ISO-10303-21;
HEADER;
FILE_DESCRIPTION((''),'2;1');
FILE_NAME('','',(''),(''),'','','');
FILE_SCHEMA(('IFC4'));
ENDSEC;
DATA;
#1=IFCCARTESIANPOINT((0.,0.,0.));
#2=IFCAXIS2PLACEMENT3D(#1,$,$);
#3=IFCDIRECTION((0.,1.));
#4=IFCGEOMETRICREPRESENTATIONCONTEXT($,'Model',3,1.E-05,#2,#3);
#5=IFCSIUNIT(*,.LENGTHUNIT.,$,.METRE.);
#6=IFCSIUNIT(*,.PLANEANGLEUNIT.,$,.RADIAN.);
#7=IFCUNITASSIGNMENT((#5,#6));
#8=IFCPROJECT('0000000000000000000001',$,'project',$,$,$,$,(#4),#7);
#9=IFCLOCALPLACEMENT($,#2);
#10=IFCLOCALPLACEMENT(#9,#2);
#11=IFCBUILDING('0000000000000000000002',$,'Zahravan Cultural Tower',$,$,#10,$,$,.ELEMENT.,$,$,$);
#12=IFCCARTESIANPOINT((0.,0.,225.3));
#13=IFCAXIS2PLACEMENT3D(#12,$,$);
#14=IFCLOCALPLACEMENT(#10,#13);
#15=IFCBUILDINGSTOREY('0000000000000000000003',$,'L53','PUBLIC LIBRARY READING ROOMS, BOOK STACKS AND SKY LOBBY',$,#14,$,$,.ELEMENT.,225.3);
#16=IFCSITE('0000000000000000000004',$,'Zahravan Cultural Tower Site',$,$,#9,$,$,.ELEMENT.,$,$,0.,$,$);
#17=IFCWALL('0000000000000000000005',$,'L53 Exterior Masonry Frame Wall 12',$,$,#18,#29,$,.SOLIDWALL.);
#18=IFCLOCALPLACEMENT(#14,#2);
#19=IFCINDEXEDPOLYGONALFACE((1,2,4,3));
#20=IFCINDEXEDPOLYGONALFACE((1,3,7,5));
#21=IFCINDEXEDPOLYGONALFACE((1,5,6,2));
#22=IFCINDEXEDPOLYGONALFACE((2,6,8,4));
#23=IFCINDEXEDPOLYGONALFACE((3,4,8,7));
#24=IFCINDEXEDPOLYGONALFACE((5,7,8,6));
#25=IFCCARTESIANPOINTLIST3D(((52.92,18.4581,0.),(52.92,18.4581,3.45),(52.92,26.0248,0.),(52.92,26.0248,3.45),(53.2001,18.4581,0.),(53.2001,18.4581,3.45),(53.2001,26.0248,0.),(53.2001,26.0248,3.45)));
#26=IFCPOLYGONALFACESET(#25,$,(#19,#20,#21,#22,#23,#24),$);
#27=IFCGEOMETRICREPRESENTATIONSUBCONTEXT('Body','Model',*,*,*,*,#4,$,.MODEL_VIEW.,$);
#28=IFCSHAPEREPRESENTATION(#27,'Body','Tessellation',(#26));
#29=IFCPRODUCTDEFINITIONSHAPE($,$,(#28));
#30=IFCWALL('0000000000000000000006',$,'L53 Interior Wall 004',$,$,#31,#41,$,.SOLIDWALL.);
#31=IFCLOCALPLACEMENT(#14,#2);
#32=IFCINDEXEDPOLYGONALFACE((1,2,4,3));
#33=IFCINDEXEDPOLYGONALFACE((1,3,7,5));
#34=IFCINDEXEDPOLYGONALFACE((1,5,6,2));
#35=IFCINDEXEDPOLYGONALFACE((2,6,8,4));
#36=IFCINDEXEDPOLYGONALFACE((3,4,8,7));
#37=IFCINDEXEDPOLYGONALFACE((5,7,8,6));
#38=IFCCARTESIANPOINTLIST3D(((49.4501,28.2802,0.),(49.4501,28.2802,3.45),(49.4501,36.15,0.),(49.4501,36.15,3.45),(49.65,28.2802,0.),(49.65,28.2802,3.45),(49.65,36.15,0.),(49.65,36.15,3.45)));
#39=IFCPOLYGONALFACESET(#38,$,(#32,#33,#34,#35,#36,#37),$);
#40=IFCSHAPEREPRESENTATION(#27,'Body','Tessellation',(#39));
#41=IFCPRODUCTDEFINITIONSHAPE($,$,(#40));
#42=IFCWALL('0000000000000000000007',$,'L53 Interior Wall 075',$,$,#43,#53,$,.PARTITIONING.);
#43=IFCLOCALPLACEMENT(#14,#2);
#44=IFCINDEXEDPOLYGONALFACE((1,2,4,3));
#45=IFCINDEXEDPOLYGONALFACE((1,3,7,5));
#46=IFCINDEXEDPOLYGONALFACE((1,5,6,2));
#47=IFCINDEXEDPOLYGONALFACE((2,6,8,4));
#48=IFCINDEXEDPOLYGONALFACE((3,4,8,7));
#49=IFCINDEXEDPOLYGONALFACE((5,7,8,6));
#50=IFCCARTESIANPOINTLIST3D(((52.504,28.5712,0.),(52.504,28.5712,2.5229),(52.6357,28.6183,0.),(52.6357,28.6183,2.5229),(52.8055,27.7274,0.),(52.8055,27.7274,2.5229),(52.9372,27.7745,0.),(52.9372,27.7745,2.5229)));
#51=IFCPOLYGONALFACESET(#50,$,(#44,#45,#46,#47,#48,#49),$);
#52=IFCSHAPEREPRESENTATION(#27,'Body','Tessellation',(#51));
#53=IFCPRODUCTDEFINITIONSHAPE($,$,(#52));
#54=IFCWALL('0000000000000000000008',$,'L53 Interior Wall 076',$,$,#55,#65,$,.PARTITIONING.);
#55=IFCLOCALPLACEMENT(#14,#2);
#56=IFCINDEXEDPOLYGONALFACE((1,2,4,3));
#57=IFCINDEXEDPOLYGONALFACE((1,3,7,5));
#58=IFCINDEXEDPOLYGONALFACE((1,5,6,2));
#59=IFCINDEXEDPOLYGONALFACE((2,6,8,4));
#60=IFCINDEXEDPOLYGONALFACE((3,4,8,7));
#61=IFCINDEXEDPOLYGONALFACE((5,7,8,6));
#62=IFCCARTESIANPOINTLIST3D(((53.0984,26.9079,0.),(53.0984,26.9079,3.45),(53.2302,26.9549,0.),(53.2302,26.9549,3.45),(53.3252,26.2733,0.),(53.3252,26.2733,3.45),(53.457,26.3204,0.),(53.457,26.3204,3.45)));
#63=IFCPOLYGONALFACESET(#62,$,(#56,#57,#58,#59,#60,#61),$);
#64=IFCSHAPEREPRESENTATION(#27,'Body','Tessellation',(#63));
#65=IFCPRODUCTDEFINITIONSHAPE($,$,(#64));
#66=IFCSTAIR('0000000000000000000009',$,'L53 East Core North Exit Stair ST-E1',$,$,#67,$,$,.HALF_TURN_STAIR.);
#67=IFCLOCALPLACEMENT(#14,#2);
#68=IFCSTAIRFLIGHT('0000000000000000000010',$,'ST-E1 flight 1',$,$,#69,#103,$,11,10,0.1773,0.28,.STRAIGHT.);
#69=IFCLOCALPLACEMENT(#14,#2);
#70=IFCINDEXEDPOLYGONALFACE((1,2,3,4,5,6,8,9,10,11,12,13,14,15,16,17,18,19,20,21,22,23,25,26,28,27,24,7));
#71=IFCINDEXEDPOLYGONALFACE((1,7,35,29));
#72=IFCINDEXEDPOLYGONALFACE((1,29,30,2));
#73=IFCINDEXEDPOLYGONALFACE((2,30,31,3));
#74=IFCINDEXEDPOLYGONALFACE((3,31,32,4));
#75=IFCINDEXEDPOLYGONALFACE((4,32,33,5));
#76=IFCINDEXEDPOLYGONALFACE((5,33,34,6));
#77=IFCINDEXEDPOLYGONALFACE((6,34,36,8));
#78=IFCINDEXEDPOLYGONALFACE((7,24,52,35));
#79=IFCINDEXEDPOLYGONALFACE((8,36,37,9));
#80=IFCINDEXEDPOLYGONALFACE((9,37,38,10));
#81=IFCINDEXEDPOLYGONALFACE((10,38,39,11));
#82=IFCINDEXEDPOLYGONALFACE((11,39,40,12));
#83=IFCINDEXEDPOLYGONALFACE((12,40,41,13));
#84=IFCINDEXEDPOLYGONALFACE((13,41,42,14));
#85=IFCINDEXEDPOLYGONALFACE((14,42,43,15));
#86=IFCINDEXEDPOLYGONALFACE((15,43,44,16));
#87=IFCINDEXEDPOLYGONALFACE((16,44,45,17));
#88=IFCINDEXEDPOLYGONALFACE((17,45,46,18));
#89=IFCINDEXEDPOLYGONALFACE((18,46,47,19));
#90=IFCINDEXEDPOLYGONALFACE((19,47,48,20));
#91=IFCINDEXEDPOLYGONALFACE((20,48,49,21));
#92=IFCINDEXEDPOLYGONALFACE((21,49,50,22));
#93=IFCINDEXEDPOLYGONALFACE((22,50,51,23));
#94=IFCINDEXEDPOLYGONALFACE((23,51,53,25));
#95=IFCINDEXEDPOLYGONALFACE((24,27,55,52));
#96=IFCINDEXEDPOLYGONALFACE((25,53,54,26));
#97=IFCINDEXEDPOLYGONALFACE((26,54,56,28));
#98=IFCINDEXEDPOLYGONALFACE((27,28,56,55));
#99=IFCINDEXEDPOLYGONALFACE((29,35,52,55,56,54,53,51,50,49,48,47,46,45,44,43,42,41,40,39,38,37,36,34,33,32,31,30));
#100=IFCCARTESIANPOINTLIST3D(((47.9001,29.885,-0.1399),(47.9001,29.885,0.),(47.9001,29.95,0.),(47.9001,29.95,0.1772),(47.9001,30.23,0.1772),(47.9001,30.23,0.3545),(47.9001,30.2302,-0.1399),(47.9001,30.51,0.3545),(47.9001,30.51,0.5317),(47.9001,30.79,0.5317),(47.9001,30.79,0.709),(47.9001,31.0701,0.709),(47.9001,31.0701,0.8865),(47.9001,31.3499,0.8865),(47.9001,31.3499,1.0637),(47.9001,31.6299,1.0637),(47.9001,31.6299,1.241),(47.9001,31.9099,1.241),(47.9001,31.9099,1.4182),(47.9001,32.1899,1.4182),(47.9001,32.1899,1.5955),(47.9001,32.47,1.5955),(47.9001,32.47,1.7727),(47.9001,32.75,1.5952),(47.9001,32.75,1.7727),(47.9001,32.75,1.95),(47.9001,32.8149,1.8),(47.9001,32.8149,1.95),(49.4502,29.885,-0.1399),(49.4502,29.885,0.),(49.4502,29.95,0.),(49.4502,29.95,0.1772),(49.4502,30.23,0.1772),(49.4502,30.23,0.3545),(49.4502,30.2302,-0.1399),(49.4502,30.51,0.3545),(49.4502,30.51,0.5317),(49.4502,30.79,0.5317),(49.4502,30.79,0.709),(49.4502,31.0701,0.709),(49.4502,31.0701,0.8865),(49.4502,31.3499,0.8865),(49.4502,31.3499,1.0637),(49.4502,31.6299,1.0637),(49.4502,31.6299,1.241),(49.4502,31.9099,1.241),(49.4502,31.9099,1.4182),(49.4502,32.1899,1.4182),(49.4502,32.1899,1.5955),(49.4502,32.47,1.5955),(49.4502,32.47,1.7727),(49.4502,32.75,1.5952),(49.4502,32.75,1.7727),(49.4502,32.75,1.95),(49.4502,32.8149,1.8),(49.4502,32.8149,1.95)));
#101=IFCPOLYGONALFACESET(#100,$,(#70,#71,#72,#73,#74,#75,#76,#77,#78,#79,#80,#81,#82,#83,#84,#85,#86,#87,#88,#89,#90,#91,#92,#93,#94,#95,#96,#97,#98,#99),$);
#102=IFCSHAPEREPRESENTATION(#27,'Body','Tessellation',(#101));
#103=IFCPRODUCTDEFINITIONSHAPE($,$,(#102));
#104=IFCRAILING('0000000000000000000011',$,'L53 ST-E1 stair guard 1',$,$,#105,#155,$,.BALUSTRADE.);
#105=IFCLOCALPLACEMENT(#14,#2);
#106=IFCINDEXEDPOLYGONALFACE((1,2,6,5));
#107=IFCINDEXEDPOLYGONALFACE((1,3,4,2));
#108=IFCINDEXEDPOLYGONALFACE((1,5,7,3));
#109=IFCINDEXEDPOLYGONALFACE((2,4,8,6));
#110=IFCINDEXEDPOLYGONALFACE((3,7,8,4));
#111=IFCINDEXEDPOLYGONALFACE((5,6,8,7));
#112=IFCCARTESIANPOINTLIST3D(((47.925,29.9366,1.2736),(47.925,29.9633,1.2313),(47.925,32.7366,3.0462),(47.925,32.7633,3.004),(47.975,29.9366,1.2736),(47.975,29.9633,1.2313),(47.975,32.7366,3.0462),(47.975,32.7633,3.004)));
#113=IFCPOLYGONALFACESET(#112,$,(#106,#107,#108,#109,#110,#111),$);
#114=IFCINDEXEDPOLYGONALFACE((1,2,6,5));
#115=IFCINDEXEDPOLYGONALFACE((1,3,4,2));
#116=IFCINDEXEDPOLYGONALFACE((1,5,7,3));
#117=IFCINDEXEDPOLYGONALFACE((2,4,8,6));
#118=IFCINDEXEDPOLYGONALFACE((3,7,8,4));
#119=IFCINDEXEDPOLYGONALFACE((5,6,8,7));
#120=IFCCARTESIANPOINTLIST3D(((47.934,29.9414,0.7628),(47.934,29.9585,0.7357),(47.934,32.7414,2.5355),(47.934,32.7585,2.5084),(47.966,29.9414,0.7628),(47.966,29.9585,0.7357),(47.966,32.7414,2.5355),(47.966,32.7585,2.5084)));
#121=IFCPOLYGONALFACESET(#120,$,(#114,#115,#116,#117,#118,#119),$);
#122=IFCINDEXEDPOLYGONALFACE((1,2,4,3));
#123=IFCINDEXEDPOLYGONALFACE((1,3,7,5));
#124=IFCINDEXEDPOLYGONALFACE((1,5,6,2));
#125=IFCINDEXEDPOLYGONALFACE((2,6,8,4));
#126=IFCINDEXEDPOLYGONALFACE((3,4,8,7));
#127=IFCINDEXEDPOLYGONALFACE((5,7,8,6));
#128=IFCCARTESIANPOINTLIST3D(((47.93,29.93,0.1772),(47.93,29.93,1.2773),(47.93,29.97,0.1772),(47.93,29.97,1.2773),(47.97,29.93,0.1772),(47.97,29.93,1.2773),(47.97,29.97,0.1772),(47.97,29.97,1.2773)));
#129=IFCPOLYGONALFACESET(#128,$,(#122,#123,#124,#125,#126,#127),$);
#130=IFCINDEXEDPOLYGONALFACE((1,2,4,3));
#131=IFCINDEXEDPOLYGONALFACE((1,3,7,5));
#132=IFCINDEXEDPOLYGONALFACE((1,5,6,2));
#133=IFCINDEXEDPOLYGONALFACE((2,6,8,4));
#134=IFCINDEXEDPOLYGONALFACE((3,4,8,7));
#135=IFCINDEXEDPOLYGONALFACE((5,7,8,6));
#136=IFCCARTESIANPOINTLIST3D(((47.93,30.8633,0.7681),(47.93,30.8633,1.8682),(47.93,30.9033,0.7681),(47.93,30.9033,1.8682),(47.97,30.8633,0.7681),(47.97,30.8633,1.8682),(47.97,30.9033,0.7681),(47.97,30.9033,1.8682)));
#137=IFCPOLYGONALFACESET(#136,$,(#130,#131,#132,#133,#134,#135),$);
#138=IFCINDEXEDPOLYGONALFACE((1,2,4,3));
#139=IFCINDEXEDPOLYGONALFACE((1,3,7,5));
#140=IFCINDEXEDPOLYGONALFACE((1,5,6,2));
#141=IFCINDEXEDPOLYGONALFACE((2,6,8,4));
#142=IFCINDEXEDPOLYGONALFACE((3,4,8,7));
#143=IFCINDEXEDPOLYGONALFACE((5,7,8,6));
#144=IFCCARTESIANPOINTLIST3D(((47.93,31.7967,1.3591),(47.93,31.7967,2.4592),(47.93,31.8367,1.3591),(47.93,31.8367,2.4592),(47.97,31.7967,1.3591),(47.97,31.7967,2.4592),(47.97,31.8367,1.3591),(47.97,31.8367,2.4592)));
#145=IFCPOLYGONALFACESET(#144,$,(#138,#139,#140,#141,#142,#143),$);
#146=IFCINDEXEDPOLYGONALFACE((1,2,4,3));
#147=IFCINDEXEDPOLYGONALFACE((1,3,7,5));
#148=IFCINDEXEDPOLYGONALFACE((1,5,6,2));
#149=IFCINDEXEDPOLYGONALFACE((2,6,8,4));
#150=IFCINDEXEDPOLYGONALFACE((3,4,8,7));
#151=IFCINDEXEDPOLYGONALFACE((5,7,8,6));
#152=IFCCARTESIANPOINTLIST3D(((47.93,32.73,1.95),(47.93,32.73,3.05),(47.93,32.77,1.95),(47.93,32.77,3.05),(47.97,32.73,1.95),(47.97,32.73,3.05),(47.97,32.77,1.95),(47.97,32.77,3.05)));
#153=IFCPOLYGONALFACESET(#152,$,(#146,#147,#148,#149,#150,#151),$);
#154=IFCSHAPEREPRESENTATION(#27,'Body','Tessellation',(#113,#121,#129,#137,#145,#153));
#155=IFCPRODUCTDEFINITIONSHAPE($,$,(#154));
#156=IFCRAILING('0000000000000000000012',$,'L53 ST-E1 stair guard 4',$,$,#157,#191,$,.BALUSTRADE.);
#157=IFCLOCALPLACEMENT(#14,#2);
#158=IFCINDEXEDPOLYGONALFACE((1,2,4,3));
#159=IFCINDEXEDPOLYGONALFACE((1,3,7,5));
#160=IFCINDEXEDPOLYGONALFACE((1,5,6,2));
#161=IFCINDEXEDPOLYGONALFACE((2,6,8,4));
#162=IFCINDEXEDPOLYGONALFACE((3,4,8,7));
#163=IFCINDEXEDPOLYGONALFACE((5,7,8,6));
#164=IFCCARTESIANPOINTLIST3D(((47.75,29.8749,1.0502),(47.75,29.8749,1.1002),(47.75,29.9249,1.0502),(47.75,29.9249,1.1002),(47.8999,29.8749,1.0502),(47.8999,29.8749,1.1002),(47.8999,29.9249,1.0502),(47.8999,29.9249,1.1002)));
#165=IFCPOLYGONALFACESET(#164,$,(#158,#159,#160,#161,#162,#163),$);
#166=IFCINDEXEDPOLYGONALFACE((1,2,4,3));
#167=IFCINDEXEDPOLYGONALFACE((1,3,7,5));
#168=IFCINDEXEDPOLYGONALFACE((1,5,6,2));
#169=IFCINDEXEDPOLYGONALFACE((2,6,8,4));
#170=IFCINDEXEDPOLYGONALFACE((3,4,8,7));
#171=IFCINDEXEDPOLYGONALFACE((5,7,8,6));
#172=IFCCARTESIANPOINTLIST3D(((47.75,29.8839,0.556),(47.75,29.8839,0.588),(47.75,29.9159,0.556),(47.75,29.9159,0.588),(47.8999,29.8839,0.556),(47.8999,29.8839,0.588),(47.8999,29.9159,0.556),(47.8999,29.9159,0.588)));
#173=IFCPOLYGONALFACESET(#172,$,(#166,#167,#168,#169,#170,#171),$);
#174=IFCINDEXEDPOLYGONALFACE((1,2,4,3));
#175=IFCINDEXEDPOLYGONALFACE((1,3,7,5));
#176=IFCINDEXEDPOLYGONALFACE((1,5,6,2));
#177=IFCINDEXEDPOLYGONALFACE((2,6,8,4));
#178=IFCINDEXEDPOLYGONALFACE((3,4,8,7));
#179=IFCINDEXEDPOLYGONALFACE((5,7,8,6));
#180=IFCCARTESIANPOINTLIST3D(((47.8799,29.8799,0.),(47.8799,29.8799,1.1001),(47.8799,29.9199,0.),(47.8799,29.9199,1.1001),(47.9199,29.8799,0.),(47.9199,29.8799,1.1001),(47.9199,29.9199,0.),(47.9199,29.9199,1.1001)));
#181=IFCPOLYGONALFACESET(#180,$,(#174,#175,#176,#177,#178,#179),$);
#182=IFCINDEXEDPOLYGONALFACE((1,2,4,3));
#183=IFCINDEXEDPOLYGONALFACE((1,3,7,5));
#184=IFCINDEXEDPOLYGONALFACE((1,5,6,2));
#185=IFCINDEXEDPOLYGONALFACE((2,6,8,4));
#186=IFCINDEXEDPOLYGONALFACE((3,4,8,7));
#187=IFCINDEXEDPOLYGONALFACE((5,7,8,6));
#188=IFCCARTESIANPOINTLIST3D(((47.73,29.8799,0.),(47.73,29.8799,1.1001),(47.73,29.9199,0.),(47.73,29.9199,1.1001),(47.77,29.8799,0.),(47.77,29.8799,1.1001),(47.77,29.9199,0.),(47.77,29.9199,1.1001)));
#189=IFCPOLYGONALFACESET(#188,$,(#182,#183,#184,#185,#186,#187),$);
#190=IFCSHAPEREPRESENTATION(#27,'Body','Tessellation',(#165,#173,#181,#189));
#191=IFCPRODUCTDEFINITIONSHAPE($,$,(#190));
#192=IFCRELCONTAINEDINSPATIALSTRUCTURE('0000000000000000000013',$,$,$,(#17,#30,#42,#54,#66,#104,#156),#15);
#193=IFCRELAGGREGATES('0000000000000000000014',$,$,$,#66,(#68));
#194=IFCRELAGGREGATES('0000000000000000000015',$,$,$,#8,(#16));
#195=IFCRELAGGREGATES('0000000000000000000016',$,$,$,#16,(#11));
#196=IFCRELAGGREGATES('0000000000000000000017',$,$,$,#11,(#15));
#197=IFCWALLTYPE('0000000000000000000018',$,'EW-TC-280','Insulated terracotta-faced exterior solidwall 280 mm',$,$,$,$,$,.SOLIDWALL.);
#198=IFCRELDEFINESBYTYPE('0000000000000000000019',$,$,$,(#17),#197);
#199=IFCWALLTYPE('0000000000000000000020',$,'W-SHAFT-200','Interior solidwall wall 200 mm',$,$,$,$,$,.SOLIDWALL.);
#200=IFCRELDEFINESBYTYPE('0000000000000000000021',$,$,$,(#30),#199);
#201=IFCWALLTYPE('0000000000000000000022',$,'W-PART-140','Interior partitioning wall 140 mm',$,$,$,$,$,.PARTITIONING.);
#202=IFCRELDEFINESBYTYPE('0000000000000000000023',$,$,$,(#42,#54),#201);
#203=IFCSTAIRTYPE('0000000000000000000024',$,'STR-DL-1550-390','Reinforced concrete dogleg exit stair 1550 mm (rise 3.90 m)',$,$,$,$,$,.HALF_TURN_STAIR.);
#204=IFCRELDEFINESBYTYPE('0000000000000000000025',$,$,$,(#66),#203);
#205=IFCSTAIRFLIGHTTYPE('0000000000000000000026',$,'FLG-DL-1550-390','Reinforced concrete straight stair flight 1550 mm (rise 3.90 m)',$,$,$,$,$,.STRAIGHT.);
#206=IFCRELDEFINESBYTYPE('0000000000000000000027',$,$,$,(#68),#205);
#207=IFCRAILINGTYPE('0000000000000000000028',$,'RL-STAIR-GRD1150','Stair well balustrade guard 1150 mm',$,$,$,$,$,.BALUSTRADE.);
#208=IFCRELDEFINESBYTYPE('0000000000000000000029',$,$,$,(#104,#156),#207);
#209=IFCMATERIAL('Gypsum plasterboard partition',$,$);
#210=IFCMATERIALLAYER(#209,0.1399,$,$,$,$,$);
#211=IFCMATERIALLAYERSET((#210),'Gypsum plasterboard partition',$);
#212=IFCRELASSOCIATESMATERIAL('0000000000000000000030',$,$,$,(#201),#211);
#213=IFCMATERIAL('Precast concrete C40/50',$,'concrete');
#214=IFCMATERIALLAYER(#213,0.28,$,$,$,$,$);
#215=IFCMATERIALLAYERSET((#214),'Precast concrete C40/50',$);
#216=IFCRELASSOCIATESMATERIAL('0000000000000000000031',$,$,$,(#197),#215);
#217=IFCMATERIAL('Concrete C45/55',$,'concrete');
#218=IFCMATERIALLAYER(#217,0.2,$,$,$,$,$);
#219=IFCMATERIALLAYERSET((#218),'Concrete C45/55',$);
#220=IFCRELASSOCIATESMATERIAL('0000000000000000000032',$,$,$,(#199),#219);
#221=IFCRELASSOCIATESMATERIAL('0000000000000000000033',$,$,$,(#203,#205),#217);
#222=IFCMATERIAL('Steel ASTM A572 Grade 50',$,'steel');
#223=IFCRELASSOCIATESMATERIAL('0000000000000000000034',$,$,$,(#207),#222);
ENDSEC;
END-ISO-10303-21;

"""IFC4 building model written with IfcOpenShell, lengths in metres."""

from ifc_helpers import new_model, si_unit, direction, frame, frame_2d, origin, origin_2d, place, context, subcontext, project, spatial, polyline, rectangle, outline, extrude, source, transform, mapped, material, layer, layer_set, type_object, element, aggregate, save


model = new_model("IFC4")

# Units and contexts
model_context = context("Model", 3, precision=1e-05, world=origin(), true_north=direction((0.0, 1.0)))
body_context = subcontext(model_context, "Body", "Model", "MODEL_VIEW")
ifc_project = project(units=[si_unit("LENGTHUNIT", "METRE"), si_unit("PLANEANGLEUNIT", "RADIAN")], contexts=[model_context])

# Site, building, storey
site_placement = place(None, origin())
site = spatial("IfcSite", under=ifc_project, at=site_placement, Name="Zahravan Cultural Tower Site", CompositionType="ELEMENT", RefElevation=0.0)
building_placement = place(site_placement, origin())
building = spatial("IfcBuilding", under=site, at=building_placement, Name="Zahravan Cultural Tower", CompositionType="ELEMENT")
storey_placement = place(building_placement, frame((0.0, 0.0, 225.3)))
storey = spatial("IfcBuildingStorey", under=building, at=storey_placement, Name="L53", Description="PUBLIC LIBRARY READING ROOMS, BOOK STACKS AND SKY LOBBY", CompositionType="ELEMENT", Elevation=225.3)

# Shared definitions
ifc_material_1 = material(Name="Gypsum plasterboard partition")
ifc_layer_1 = layer(ifc_material_1, 0.1399)
ifc_layer_set_1 = layer_set([ifc_layer_1], Name="Gypsum plasterboard partition")
wall_type_1 = type_object("IfcWallType", Name="W-PART-140", Description="Interior partitioning wall 140 mm", PredefinedType="PARTITIONING", material=ifc_layer_set_1)

# Walls
ifc_material_2 = material(Name="Precast concrete C40/50", Category="concrete")
ifc_layer_2 = layer(ifc_material_2, 0.28)
ifc_layer_set_2 = layer_set([ifc_layer_2], Name="Precast concrete C40/50")
wall_type_2 = type_object("IfcWallType", Name="EW-TC-280", Description="Insulated terracotta-faced exterior solidwall 280 mm", PredefinedType="SOLIDWALL", material=ifc_layer_set_2)
shared_shape_1 = source(origin(), body_context, "Body", "SweptSolid", [
    extrude(rectangle(XDim=7.5667, YDim=0.28, at=frame_2d((3.7832, 0.0))), origin(), (0.0, 0.0, 1.0), 3.45),
])
wall_1_placement = place(storey_placement, frame((53.0601, 26.0247, 0.0), z_axis=(0.0, 0.0, 1.0), x_axis=(0.0, -1.0, 0.0)))
element("IfcWall", 1, at=wall_1_placement, inside=storey, type_object=wall_type_2, Name="L53 Exterior Masonry Frame Wall 12", PredefinedType="SOLIDWALL", context=body_context, shape_type="MappedRepresentation", body=[
    mapped(shared_shape_1, transform((0.0, 0.0, 0.0), x_axis=(1.0, 0.0, 0.0), y_axis=(0.0, 1.0, 0.0), z_axis=(0.0, 0.0, 1.0), scale=1.0)),
])
ifc_material_3 = material(Name="Concrete C45/55", Category="concrete")
ifc_layer_3 = layer(ifc_material_3, 0.2)
ifc_layer_set_3 = layer_set([ifc_layer_3], Name="Concrete C45/55")
wall_type_3 = type_object("IfcWallType", Name="W-SHAFT-200", Description="Interior solidwall wall 200 mm", PredefinedType="SOLIDWALL", material=ifc_layer_set_3)
shared_shape_2 = source(origin(), body_context, "Body", "SweptSolid", [
    extrude(rectangle(XDim=7.8699, YDim=0.2, at=frame_2d((3.9351, 0.0))), origin(), (0.0, 0.0, 1.0), 3.45),
])
wall_2_placement = place(storey_placement, frame((49.55, 28.28, 0.0), z_axis=(0.0, 0.0, 1.0), x_axis=(0.0, 1.0, 0.0)))
element("IfcWall", 2, at=wall_2_placement, inside=storey, type_object=wall_type_3, Name="L53 Interior Wall 004", PredefinedType="SOLIDWALL", context=body_context, shape_type="MappedRepresentation", body=[
    mapped(shared_shape_2, transform((0.0, 0.0, 0.0), x_axis=(1.0, 0.0, 0.0), y_axis=(0.0, 1.0, 0.0), z_axis=(0.0, 0.0, 1.0), scale=1.0)),
])
shared_shape_3 = source(origin(), body_context, "Body", "SweptSolid", [
    extrude(rectangle(XDim=0.896, YDim=0.1399, at=frame_2d((0.448, 0.0))), origin(), (0.0, 0.0, 1.0), 2.5229),
])
wall_3_placement = place(storey_placement, frame((52.5698, 28.5947, 0.0), z_axis=(0.0, 0.0, 1.0), x_axis=(0.336509, -0.94168, 0.0)))
element("IfcWall", 3, at=wall_3_placement, inside=storey, type_object=wall_type_1, Name="L53 Interior Wall 075", PredefinedType="PARTITIONING", context=body_context, shape_type="MappedRepresentation", body=[
    mapped(shared_shape_3, transform((0.0, 0.0, 0.0), x_axis=(1.0, 0.0, 0.0), y_axis=(0.0, 1.0, 0.0), z_axis=(0.0, 0.0, 1.0), scale=1.0)),
])
shared_shape_4 = source(origin(), body_context, "Body", "SweptSolid", [
    extrude(rectangle(XDim=0.6738, YDim=0.1399, at=frame_2d((0.3369, 0.0))), origin(), (0.0, 0.0, 1.0), 3.45),
])
wall_4_placement = place(storey_placement, frame((53.1643, 26.9314, 0.0), z_axis=(0.0, 0.0, 1.0), x_axis=(0.336589, -0.941652, 0.0)))
element("IfcWall", 4, at=wall_4_placement, inside=storey, type_object=wall_type_1, Name="L53 Interior Wall 076", PredefinedType="PARTITIONING", context=body_context, shape_type="MappedRepresentation", body=[
    mapped(shared_shape_4, transform((0.0, 0.0, 0.0), x_axis=(1.0, 0.0, 0.0), y_axis=(0.0, 1.0, 0.0), z_axis=(0.0, 0.0, 1.0), scale=1.0)),
])

# Stair, stair flight
stair_type = type_object("IfcStairType", Name="STR-DL-1550-390", Description="Reinforced concrete dogleg exit stair 1550 mm (rise 3.90 m)", PredefinedType="HALF_TURN_STAIR", material=ifc_material_3)
stair_placement = place(storey_placement, origin())
stair = element("IfcStair", 5, at=stair_placement, inside=storey, type_object=stair_type, Name="L53 East Core North Exit Stair ST-E1", PredefinedType="HALF_TURN_STAIR")
stair_flight_type = type_object("IfcStairFlightType", Name="FLG-DL-1550-390", Description="Reinforced concrete straight stair flight 1550 mm (rise 3.90 m)", PredefinedType="STRAIGHT", material=ifc_material_3)
stair_flight_placement = place(storey_placement, frame((48.675, 29.95, 0.0), z_axis=(0.0, 0.0, 1.0), x_axis=(0.0, 1.0, 0.0)))
stair_flight = element("IfcStairFlight", 6, at=stair_flight_placement, type_object=stair_flight_type, Name="ST-E1 flight 1", NumberOfRisers=11, NumberOfTreads=10, PredefinedType="STRAIGHT", RiserHeight=0.1773, TreadLength=0.28, context=body_context, shape_type="SweptSolid", body=[
    extrude(outline(polyline([(-0.0649, -0.1399), (-0.0649, 0.0), (0.0, 0.0), (0.0, 0.1772), (0.28, 0.1772), (0.28, 0.3545), (0.5601, 0.3545), (0.5601, 0.5317), (0.8401, 0.5317), (0.8401, 0.709), (1.1201, 0.709), (1.1201, 0.8865), (1.3999, 0.8865), (1.3999, 1.0637), (1.6799, 1.0637), (1.6799, 1.241), (1.96, 1.241), (1.96, 1.4182), (2.24, 1.4182), (2.24, 1.5955), (2.52, 1.5955), (2.52, 1.7727), (2.8, 1.7727), (2.8, 1.95), (2.865, 1.95), (2.865, 1.8), (2.8, 1.5952), (0.2803, -0.1399), (-0.0649, -0.1399)])), frame((0.0, 0.7749, 0.0), z_axis=(0.0, -1.0, 0.0), x_axis=(1.0, 0.0, 0.0)), (0.0, 0.0, 1.0), 1.55),
])
aggregate(stair, [stair_flight])

# Railings
ifc_material_4 = material(Name="Steel ASTM A572 Grade 50", Category="steel")
railing_type_1 = type_object("IfcRailingType", Name="RL-STAIR-GRD1150", Description="Stair well balustrade guard 1150 mm", PredefinedType="BALUSTRADE", material=ifc_material_4)
railing_1_placement = place(storey_placement, frame((47.95, 29.95, 0.1772)))
element("IfcRailing", 7, at=railing_1_placement, inside=storey, type_object=railing_type_1, Name="L53 ST-E1 stair guard 1", PredefinedType="BALUSTRADE", context=body_context, shape_type="SweptSolid", body=[
    extrude(rectangle(XDim=0.05, YDim=0.05, at=origin_2d()), frame((0.0, 0.0, 1.0752), z_axis=(0.0, 0.844909, 0.53491), x_axis=(-1.0, 0.0, 0.0)), (0.0, 0.0, 1.0), 3.314),
    extrude(rectangle(XDim=0.032, YDim=0.032, at=origin_2d()), frame((0.0, 0.0, 0.572), z_axis=(0.0, 0.844909, 0.53491), x_axis=(-1.0, 0.0, 0.0)), (0.0, 0.0, 1.0), 3.314),
    extrude(rectangle(XDim=0.04, YDim=0.04, at=origin_2d()), origin(), (0.0, 0.0, 1.0), 1.1001),
    extrude(rectangle(XDim=0.04, YDim=0.04, at=origin_2d()), frame((0.0, 0.9333, 0.5908)), (0.0, 0.0, 1.0), 1.1001),
    extrude(rectangle(XDim=0.04, YDim=0.04, at=origin_2d()), frame((0.0, 1.8667, 1.1819)), (0.0, 0.0, 1.0), 1.1001),
    extrude(rectangle(XDim=0.04, YDim=0.04, at=origin_2d()), frame((0.0, 2.8, 1.7727)), (0.0, 0.0, 1.0), 1.1001),
])
railing_2_placement = place(storey_placement, frame((47.8999, 29.8999, 0.0)))
element("IfcRailing", 8, at=railing_2_placement, inside=storey, type_object=railing_type_1, Name="L53 ST-E1 stair guard 4", PredefinedType="BALUSTRADE", context=body_context, shape_type="SweptSolid", body=[
    extrude(rectangle(XDim=0.05, YDim=0.05, at=origin_2d()), frame((0.0, 0.0, 1.0752), z_axis=(-1.0, 0.0, 0.0), x_axis=(0.0, -1.0, 0.0)), (0.0, 0.0, 1.0), 0.1499),
    extrude(rectangle(XDim=0.032, YDim=0.032, at=origin_2d()), frame((0.0, 0.0, 0.572), z_axis=(-1.0, 0.0, 0.0), x_axis=(0.0, -1.0, 0.0)), (0.0, 0.0, 1.0), 0.1499),
    extrude(rectangle(XDim=0.04, YDim=0.04, at=origin_2d()), origin(), (0.0, 0.0, 1.0), 1.1001),
    extrude(rectangle(XDim=0.04, YDim=0.04, at=origin_2d()), frame((-0.1499, 0.0, 0.0)), (0.0, 0.0, 1.0), 1.1001),
])

save(model, "model.ifc")
